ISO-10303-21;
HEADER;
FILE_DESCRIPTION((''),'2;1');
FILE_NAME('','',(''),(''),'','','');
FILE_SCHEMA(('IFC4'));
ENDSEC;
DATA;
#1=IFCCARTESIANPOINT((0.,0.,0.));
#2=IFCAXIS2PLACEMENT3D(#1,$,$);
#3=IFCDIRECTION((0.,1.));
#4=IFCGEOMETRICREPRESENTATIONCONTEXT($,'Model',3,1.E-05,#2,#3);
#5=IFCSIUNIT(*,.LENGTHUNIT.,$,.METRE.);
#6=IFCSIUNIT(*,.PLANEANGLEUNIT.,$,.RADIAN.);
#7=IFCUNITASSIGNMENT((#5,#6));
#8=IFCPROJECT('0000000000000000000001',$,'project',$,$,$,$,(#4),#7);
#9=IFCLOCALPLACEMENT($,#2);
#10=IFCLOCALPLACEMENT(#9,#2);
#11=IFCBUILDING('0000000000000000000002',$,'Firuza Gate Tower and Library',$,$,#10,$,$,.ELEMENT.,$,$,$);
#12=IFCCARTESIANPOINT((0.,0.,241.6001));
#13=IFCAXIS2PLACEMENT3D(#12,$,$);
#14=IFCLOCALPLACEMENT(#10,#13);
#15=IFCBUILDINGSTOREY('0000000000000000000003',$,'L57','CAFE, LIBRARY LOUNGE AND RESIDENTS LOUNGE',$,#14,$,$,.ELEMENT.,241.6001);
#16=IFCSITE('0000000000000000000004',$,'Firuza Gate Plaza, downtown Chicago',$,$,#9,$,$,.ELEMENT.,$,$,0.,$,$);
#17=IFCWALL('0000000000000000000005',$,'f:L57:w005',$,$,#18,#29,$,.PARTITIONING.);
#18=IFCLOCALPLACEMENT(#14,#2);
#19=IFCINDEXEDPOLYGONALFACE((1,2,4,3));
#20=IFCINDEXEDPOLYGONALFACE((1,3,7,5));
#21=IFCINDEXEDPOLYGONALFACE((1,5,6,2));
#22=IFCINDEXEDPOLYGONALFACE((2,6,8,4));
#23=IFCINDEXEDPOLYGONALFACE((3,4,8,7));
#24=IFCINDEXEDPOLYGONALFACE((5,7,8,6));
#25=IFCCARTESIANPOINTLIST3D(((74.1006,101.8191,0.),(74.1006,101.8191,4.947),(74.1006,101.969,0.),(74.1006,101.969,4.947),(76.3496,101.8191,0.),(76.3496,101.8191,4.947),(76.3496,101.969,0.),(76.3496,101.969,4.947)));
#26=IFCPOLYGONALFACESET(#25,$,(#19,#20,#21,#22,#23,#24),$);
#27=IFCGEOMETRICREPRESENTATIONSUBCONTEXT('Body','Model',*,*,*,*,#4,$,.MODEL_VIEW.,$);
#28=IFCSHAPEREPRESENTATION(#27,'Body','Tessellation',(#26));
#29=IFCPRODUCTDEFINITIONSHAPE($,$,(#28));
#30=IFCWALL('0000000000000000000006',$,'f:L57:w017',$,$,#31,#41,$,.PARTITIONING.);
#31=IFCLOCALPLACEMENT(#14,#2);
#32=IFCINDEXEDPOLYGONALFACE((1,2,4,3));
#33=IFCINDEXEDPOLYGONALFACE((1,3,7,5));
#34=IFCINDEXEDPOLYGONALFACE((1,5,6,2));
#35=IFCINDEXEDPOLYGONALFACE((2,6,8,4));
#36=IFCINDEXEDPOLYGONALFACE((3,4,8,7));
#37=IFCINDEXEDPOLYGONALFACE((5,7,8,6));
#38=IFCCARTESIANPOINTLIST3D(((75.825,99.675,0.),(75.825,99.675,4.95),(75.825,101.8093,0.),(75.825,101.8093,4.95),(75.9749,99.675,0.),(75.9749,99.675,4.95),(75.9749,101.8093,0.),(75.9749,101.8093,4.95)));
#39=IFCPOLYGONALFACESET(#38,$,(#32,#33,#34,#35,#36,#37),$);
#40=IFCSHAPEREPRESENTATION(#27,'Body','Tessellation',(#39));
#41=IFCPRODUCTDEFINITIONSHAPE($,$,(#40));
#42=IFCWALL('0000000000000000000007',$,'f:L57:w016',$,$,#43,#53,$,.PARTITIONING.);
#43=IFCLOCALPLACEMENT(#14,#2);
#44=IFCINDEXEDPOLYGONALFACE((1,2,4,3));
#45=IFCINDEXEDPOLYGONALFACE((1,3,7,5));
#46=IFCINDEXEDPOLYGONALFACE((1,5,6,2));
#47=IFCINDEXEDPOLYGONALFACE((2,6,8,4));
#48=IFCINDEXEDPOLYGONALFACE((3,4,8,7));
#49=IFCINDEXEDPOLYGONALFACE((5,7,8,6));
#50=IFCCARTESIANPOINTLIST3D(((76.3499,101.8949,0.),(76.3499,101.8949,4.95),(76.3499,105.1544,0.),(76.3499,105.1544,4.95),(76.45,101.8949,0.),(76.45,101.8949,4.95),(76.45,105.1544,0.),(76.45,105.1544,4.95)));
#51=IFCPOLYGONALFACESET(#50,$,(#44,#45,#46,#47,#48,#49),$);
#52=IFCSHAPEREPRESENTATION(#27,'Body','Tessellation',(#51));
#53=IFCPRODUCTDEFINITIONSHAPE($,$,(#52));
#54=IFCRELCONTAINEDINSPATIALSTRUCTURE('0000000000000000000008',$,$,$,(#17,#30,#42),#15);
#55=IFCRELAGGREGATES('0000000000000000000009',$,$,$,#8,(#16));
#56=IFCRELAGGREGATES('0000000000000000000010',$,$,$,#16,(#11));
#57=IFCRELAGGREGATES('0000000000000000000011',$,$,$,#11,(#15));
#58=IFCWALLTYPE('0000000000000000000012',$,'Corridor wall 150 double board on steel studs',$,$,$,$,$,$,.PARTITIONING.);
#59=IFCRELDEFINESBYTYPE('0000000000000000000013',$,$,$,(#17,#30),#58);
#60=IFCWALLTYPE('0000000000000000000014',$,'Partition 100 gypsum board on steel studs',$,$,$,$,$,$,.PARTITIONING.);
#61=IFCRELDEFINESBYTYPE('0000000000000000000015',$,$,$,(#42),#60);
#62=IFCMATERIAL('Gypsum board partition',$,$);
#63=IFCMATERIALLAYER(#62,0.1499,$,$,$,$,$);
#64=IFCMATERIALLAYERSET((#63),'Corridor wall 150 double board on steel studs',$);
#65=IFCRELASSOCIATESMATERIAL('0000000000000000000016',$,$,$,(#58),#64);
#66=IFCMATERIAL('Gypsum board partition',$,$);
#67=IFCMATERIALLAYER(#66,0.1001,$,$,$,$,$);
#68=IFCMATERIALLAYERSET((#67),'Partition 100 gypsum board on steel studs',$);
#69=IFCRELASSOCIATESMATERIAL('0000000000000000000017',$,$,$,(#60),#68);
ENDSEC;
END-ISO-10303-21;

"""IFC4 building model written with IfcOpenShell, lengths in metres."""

from ifc_helpers import new_model, si_unit, direction, frame, frame_2d, origin, place, context, subcontext, project, spatial, rectangle, extrude, material, layer, layer_set, type_object, element, save


model = new_model("IFC4")

# Units and contexts
model_context = context("Model", 3, precision=1e-05, world=origin(), true_north=direction((0.0, 1.0)))
body_context = subcontext(model_context, "Body", "Model", "MODEL_VIEW")
ifc_project = project(units=[si_unit("LENGTHUNIT", "METRE"), si_unit("PLANEANGLEUNIT", "RADIAN")], contexts=[model_context])

# Site, building, storey
site_placement = place(None, origin())
site = spatial("IfcSite", under=ifc_project, at=site_placement, Name="Firuza Gate Plaza, downtown Chicago", CompositionType="ELEMENT", RefElevation=0.0)
building_placement = place(site_placement, origin())
building = spatial("IfcBuilding", under=site, at=building_placement, Name="Firuza Gate Tower and Library", CompositionType="ELEMENT")
storey_placement = place(building_placement, frame((0.0, 0.0, 241.6001)))
storey = spatial("IfcBuildingStorey", under=building, at=storey_placement, Name="L57", Description="CAFE, LIBRARY LOUNGE AND RESIDENTS LOUNGE", CompositionType="ELEMENT", Elevation=241.6001)

# Shared definitions
ifc_material_1 = material(Name="Gypsum board partition")
ifc_layer_1 = layer(ifc_material_1, 0.1499)
ifc_layer_set_1 = layer_set([ifc_layer_1], Name="Corridor wall 150 double board on steel studs")
wall_type_1 = type_object("IfcWallType", Name="Corridor wall 150 double board on steel studs", PredefinedType="PARTITIONING", material=ifc_layer_set_1)

# Walls
wall_1_placement = place(storey_placement, frame((74.1006, 101.894, 0.0), z_axis=(0.0, 0.0, 1.0), x_axis=(1.0, 0.0, 0.0)))
element("IfcWall", 1, at=wall_1_placement, inside=storey, type_object=wall_type_1, Name="f:L57:w005", PredefinedType="PARTITIONING", context=body_context, shape_type="SweptSolid", body=[
    extrude(rectangle(XDim=2.249, YDim=0.1499, at=frame_2d((1.1245, 0.0))), origin(), (0.0, 0.0, 1.0), 4.947),
])
wall_2_placement = place(storey_placement, frame((75.8999, 99.675, 0.0), z_axis=(0.0, 0.0, 1.0), x_axis=(0.0, 1.0, 0.0)))
element("IfcWall", 2, at=wall_2_placement, inside=storey, type_object=wall_type_1, Name="f:L57:w017", PredefinedType="PARTITIONING", context=body_context, shape_type="SweptSolid", body=[
    extrude(rectangle(XDim=2.1343, YDim=0.1499, at=frame_2d((1.0671, 0.0))), origin(), (0.0, 0.0, 1.0), 4.95),
])
ifc_material_2 = material(Name="Gypsum board partition")
ifc_layer_2 = layer(ifc_material_2, 0.1001)
ifc_layer_set_2 = layer_set([ifc_layer_2], Name="Partition 100 gypsum board on steel studs")
wall_type_2 = type_object("IfcWallType", Name="Partition 100 gypsum board on steel studs", PredefinedType="PARTITIONING", material=ifc_layer_set_2)
wall_3_placement = place(storey_placement, frame((76.3999, 101.8948, 0.0), z_axis=(0.0, 0.0, 1.0), x_axis=(0.0, 1.0, 0.0)))
element("IfcWall", 3, at=wall_3_placement, inside=storey, type_object=wall_type_2, Name="f:L57:w016", PredefinedType="PARTITIONING", context=body_context, shape_type="SweptSolid", body=[
    extrude(rectangle(XDim=3.2595, YDim=0.1001, at=frame_2d((1.6299, 0.0))), origin(), (0.0, 0.0, 1.0), 4.95),
])

save(model, "model.ifc")
